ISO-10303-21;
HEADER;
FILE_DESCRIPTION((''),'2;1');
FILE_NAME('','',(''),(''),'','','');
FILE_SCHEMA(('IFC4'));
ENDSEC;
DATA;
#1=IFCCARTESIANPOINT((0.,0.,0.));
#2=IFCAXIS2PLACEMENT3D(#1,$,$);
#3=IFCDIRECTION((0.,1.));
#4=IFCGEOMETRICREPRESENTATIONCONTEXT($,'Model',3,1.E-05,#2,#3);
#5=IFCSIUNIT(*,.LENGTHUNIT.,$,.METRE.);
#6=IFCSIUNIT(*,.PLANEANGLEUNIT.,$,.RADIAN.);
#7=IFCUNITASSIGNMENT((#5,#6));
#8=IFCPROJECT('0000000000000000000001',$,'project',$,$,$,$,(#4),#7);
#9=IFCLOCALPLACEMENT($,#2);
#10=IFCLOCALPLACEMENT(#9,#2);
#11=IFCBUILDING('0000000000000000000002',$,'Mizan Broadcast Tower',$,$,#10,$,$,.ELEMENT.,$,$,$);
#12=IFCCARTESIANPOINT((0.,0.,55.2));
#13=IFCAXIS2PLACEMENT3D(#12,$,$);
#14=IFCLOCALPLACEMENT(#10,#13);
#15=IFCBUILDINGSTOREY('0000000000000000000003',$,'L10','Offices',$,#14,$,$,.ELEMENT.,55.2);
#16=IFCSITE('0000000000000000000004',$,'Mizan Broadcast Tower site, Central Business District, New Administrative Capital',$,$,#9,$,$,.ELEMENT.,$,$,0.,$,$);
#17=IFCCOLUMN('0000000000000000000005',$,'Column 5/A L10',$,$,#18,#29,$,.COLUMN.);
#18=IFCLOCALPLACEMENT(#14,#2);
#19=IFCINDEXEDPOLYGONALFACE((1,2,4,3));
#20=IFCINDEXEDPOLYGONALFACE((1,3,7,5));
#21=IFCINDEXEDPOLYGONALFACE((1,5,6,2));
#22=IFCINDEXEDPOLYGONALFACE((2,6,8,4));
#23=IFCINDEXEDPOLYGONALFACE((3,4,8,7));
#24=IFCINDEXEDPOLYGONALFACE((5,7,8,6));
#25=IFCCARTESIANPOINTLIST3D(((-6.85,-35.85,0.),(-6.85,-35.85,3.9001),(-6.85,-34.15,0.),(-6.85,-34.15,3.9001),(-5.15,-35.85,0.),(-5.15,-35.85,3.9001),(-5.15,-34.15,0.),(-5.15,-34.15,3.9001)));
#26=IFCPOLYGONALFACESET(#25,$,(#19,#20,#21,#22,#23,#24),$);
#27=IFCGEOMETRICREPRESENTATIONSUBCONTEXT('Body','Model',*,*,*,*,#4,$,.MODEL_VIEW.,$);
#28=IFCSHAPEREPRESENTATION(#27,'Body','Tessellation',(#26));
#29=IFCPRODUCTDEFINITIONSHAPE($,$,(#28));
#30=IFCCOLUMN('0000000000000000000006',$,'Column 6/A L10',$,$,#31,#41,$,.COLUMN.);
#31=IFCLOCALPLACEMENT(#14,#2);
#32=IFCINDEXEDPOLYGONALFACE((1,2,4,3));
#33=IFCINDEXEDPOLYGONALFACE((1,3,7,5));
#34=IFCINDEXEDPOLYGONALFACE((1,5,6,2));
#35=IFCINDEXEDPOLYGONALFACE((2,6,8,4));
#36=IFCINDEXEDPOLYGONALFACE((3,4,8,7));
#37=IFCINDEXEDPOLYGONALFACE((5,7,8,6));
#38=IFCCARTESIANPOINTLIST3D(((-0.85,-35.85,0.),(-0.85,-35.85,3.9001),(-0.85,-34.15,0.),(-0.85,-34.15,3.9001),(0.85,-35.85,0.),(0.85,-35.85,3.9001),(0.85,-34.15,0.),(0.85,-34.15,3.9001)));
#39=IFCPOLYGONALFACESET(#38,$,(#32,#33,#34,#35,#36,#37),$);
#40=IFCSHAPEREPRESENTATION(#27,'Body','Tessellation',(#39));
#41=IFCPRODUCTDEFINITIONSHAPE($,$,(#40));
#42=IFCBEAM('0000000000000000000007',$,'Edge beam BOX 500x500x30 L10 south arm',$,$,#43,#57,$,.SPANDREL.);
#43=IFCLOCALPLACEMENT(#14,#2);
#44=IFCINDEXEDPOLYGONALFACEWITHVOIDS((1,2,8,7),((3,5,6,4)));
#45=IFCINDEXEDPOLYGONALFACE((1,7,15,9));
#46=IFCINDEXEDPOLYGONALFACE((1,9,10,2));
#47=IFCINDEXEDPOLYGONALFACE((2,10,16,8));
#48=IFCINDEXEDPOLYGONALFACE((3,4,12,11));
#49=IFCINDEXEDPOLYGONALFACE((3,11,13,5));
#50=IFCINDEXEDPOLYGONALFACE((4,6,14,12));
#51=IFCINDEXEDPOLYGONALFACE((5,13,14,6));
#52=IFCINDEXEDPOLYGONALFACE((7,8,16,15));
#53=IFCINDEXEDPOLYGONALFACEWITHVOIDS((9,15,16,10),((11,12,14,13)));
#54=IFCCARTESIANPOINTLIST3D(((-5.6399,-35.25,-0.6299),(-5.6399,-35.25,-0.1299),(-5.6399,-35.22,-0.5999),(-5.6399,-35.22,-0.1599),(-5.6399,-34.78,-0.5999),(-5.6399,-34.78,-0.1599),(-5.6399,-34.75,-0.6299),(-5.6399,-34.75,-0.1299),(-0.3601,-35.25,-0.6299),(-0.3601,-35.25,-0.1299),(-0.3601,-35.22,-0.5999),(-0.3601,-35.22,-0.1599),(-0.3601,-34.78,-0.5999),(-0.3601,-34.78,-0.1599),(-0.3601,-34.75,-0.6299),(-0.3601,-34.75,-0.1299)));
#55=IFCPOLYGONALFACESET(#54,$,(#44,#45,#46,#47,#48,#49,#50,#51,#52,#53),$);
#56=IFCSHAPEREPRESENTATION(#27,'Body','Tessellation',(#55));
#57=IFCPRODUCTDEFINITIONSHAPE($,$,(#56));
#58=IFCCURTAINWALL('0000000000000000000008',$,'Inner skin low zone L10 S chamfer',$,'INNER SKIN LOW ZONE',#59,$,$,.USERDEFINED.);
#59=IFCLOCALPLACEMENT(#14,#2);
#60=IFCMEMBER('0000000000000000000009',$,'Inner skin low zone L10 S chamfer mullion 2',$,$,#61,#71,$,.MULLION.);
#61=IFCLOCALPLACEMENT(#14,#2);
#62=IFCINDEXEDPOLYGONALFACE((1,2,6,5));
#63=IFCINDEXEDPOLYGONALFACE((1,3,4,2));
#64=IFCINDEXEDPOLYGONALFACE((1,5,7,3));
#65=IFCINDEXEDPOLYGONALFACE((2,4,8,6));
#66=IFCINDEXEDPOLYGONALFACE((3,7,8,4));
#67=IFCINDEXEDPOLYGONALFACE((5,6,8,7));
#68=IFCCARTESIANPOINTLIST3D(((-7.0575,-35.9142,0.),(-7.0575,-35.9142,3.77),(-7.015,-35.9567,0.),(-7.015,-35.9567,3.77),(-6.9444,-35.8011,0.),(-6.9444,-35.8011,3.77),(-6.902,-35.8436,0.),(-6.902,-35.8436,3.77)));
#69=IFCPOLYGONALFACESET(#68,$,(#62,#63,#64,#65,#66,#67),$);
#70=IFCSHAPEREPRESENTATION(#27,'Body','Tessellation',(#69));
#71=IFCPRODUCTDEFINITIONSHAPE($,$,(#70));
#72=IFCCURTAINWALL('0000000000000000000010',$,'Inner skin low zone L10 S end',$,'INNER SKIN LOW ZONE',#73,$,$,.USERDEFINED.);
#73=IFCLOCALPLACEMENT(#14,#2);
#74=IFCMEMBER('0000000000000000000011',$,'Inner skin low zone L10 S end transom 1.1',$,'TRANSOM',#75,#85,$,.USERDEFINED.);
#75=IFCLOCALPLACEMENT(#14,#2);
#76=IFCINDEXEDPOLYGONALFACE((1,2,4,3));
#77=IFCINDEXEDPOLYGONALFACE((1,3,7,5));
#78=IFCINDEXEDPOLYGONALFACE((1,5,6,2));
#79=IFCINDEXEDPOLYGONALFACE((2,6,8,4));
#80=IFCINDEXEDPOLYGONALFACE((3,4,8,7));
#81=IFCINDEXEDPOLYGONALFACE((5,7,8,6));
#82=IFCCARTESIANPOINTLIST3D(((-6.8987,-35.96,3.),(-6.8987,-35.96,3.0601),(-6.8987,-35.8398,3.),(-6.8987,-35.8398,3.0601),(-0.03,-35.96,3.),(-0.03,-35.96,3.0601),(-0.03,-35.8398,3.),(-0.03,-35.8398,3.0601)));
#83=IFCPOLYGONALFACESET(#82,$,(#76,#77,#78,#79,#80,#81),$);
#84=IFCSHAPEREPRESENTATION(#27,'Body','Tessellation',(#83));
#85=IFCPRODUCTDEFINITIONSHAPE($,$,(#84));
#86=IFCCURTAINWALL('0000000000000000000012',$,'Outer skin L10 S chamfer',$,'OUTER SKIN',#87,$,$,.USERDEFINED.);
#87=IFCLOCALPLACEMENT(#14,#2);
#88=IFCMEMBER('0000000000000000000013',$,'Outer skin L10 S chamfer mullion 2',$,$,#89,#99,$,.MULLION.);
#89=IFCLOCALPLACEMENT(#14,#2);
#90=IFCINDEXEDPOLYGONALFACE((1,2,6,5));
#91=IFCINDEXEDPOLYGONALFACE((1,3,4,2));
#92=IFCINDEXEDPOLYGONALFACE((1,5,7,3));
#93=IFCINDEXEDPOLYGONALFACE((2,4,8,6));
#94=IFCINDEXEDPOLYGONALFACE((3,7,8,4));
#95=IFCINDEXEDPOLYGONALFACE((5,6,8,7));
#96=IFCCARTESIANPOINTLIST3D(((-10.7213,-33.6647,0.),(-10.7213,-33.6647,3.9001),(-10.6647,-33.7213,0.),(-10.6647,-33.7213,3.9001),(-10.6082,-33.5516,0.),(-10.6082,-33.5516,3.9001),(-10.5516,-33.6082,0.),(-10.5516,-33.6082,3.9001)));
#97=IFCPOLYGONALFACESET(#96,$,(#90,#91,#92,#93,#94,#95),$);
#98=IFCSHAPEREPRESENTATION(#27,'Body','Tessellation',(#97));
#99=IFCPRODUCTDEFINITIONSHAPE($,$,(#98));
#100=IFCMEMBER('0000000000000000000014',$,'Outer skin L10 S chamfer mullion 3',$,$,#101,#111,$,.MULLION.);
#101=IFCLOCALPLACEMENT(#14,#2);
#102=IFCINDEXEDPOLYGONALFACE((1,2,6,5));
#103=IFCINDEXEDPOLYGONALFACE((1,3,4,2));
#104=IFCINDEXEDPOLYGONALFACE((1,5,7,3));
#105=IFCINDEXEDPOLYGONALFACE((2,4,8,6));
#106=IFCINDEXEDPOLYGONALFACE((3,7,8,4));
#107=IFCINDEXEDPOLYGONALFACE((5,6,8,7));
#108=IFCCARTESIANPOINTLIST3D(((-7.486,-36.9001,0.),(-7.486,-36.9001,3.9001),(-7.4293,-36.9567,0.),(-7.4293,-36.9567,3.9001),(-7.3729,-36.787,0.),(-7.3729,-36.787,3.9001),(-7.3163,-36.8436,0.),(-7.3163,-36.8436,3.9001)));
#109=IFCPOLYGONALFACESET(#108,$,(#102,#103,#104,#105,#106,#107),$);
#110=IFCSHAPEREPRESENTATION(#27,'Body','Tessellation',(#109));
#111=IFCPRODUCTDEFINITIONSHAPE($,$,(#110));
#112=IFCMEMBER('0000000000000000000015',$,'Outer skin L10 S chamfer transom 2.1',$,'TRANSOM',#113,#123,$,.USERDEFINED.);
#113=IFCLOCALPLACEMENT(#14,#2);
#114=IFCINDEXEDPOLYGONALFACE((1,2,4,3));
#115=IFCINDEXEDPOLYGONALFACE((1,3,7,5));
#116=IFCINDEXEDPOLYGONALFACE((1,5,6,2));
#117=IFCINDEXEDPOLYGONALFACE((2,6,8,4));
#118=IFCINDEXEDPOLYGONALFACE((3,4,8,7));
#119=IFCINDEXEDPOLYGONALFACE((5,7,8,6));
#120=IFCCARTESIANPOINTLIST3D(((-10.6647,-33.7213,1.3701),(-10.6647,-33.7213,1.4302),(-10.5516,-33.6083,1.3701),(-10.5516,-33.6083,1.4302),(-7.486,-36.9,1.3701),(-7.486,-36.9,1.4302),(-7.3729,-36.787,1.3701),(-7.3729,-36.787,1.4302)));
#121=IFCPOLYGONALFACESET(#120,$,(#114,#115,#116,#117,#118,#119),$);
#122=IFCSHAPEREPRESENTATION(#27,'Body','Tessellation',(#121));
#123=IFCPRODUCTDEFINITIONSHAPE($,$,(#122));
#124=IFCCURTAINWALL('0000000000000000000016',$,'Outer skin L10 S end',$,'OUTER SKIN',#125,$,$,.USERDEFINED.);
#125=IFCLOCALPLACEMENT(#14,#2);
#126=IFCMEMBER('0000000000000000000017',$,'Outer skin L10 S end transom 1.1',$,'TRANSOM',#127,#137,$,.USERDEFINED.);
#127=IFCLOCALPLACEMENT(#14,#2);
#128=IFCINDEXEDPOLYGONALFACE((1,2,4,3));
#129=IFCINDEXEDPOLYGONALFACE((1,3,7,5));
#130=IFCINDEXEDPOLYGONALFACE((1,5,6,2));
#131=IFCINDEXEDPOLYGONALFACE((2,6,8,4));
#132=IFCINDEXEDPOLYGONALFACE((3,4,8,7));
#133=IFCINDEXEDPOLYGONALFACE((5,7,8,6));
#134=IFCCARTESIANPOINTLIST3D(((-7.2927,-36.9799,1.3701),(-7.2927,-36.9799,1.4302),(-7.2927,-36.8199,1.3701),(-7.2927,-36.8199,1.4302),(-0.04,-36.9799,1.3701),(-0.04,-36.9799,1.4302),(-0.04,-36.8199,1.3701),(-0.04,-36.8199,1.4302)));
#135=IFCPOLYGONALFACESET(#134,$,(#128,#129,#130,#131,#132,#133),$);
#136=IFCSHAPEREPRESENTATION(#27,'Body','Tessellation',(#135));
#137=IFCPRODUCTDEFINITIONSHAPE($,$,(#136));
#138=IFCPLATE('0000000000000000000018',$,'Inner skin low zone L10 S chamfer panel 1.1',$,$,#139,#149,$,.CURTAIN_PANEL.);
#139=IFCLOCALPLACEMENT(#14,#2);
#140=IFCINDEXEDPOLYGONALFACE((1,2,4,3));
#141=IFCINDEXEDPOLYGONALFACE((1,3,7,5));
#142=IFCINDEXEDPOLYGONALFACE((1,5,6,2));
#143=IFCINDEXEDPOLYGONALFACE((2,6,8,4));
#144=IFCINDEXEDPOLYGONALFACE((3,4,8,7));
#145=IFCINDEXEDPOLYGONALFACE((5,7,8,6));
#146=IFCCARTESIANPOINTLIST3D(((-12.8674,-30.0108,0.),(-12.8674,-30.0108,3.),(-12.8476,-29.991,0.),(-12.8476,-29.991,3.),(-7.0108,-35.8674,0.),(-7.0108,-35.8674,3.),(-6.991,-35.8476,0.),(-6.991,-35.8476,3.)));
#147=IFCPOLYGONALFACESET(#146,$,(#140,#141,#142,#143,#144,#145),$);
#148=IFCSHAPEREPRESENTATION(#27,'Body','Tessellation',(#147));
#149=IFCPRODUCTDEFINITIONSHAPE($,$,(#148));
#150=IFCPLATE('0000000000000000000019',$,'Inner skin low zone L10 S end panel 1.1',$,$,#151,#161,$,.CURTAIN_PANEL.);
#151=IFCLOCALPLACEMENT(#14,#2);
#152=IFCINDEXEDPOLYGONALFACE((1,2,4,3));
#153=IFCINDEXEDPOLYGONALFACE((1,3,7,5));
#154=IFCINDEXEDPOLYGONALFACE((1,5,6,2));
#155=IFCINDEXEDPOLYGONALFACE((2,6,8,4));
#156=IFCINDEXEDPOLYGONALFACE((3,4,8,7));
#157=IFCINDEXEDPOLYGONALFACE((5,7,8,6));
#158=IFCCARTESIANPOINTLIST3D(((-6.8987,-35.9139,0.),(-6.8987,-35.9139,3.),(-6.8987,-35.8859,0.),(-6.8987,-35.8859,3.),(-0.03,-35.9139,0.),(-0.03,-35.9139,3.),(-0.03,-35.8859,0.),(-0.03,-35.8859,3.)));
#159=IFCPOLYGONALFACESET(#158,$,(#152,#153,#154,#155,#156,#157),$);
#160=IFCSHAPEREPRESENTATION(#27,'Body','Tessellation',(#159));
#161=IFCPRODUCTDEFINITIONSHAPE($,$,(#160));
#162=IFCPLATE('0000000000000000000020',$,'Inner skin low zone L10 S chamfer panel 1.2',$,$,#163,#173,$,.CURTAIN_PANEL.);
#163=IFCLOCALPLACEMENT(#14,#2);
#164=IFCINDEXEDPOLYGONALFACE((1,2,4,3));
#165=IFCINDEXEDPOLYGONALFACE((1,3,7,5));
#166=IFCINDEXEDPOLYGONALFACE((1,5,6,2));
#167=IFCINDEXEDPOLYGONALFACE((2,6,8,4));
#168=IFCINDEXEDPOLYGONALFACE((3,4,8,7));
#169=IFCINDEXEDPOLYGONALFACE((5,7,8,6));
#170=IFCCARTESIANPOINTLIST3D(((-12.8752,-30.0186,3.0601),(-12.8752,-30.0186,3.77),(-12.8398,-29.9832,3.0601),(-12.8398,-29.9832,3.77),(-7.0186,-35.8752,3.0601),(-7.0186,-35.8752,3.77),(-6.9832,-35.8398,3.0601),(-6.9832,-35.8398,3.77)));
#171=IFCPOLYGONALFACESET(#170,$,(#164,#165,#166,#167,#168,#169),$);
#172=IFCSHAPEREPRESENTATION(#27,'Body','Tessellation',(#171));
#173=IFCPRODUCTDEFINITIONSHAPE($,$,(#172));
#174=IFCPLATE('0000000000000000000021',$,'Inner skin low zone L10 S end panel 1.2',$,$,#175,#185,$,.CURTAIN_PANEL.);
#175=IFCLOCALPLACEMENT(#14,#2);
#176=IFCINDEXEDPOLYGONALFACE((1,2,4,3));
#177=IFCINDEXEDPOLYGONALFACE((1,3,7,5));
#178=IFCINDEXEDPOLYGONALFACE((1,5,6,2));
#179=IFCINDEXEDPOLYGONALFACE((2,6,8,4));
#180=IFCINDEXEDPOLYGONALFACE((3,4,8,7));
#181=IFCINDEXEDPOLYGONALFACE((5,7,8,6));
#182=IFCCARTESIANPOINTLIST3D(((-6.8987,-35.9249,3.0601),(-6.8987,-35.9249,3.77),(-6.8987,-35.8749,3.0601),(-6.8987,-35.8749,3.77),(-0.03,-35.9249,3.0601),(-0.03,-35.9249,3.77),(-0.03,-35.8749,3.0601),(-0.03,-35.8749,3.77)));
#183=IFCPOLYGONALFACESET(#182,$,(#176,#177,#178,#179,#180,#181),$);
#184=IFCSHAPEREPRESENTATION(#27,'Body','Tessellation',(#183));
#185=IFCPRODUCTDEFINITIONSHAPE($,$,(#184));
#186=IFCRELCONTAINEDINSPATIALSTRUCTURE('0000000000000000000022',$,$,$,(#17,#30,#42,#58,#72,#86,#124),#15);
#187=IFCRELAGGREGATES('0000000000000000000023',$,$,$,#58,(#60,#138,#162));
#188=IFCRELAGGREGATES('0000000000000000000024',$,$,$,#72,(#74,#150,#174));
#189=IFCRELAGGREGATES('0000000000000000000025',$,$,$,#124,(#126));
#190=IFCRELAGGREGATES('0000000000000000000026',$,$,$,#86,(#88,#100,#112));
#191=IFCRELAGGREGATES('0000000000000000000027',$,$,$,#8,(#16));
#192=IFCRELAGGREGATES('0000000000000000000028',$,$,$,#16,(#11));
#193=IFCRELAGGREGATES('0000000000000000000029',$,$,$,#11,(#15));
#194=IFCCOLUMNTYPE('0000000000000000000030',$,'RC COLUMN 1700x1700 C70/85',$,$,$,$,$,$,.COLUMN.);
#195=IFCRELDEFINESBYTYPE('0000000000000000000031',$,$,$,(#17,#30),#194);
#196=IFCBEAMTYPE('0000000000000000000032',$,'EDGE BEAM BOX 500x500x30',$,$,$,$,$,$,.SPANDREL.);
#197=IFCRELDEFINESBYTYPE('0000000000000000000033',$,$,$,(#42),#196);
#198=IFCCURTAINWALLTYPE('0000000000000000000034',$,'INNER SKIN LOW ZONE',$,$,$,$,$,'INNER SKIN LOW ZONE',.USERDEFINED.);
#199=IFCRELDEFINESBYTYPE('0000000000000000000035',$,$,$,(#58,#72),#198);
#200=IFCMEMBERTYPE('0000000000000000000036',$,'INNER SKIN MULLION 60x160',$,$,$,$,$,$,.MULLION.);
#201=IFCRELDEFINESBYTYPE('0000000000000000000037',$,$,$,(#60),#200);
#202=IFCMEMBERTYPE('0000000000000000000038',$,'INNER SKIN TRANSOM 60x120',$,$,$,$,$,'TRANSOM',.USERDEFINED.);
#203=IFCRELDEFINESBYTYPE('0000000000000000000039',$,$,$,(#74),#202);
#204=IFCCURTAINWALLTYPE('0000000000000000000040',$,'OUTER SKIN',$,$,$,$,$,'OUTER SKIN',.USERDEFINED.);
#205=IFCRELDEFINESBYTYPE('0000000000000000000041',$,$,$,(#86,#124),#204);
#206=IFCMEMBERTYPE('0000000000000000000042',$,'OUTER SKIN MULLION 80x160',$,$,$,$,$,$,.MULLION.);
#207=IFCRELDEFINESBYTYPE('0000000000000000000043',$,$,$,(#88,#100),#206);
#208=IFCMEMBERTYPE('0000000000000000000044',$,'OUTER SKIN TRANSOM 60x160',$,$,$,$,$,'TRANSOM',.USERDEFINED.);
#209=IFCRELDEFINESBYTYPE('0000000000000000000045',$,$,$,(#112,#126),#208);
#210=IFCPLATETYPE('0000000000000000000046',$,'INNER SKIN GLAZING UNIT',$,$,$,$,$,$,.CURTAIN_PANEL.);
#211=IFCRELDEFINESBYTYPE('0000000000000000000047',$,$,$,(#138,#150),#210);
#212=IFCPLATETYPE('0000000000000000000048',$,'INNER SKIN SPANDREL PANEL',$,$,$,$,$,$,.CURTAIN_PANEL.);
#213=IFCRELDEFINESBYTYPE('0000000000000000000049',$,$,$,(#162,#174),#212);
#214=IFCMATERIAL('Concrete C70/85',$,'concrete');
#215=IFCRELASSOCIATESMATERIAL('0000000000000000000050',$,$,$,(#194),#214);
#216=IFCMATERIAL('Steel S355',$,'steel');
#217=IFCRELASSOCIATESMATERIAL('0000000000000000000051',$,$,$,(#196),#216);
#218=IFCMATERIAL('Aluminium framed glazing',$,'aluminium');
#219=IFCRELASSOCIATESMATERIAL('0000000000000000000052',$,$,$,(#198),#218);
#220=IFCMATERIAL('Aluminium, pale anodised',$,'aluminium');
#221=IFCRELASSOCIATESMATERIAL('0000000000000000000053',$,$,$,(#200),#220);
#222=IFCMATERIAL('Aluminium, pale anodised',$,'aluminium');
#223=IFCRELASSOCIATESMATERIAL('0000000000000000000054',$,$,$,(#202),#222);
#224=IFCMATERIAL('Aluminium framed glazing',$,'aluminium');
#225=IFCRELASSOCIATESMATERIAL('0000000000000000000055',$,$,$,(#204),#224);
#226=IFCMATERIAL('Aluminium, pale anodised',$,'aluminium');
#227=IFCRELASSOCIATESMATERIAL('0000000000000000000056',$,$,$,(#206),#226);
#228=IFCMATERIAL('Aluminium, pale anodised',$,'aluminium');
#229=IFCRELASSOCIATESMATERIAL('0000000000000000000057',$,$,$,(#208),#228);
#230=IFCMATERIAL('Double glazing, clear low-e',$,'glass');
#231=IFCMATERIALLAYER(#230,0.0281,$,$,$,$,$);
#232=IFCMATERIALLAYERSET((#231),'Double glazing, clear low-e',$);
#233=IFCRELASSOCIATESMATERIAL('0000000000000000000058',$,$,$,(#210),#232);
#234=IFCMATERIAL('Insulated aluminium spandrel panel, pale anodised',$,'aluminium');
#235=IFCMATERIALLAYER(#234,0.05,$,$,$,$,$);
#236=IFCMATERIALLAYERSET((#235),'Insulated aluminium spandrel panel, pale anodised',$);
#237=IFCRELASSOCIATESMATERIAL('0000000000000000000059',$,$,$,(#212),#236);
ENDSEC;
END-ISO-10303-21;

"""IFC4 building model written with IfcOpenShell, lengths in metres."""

from ifc_helpers import new_model, si_unit, direction, frame, origin, origin_2d, place, context, subcontext, project, spatial, rectangle, hollow_rectangle, extrude, material, layer, layer_set, material_profile, profile_set, type_object, element, aggregate, save


model = new_model("IFC4")

# Units and contexts
model_context = context("Model", 3, precision=1e-05, world=origin(), true_north=direction((0.0, 1.0)))
body_context = subcontext(model_context, "Body", "Model", "MODEL_VIEW")
ifc_project = project(units=[si_unit("LENGTHUNIT", "METRE"), si_unit("PLANEANGLEUNIT", "RADIAN")], contexts=[model_context])

# Site, building, storey
site_placement = place(None, origin())
site = spatial("IfcSite", under=ifc_project, at=site_placement, Name="Mizan Broadcast Tower site, Central Business District, New Administrative Capital", CompositionType="ELEMENT", RefElevation=0.0)
building_placement = place(site_placement, origin())
building = spatial("IfcBuilding", under=site, at=building_placement, Name="Mizan Broadcast Tower", CompositionType="ELEMENT")
storey_placement = place(building_placement, frame((0.0, 0.0, 55.2)))
storey = spatial("IfcBuildingStorey", under=building, at=storey_placement, Name="L10", Description="Offices", CompositionType="ELEMENT", Elevation=55.2)

# Columns
ifc_material_1 = material(Name="Concrete C70/85", Category="concrete")
ifc_material_profile_1 = material_profile(ifc_material_1, rectangle(XDim=1.7, YDim=1.7, at=origin_2d()), Name="RC 1700x1700")
ifc_profile_set_1 = profile_set([ifc_material_profile_1], Name="Concrete C70/85")
column_type = type_object("IfcColumnType", Name="RC COLUMN 1700x1700 C70/85", PredefinedType="COLUMN", material=ifc_profile_set_1)
for number, where, z_axis, x_axis, name in (
    (1, (-6.0, -35.0, 0.0), (0.0, 0.0, 1.0), (1.0, 0.0, 0.0), "Column 5/A L10"),
    (2, (0.0, -35.0, 0.0), (0.0, 0.0, 1.0), (1.0, 0.0, 0.0), "Column 6/A L10"),
):
    element("IfcColumn", number, at=place(storey_placement, frame(where, z_axis=z_axis, x_axis=x_axis)), inside=storey, type_object=column_type, Name=name, PredefinedType="COLUMN", context=body_context, shape_type="SweptSolid", body=[
        extrude(rectangle(XDim=1.7, YDim=1.7, at=origin_2d()), origin(), (0.0, 0.0, 1.0), 3.9001),
    ])

# Beam
ifc_material_2 = material(Name="Steel S355", Category="steel")
ifc_material_profile_2 = material_profile(ifc_material_2, hollow_rectangle(XDim=0.5, YDim=0.5, WallThickness=0.03, at=origin_2d()), Name="BOX 500x500x30")
ifc_profile_set_2 = profile_set([ifc_material_profile_2], Name="Steel S355")
beam_type = type_object("IfcBeamType", Name="EDGE BEAM BOX 500x500x30", PredefinedType="SPANDREL", material=ifc_profile_set_2)
beam_placement = place(storey_placement, frame((-5.6399, -35.0, -0.3799), z_axis=(1.0, 0.0, 0.0), x_axis=(0.0, 1.0, 0.0)))
element("IfcBeam", 3, at=beam_placement, inside=storey, type_object=beam_type, Name="Edge beam BOX 500x500x30 L10 south arm", PredefinedType="SPANDREL", context=body_context, shape_type="SweptSolid", body=[
    extrude(hollow_rectangle(XDim=0.5, YDim=0.5, WallThickness=0.03, at=origin_2d()), origin(), (0.0, 0.0, 1.0), 5.2798),
])

# Curtain walls, members
ifc_material_3 = material(Name="Aluminium framed glazing", Category="aluminium")
curtain_wall_type_1 = type_object("IfcCurtainWallType", Name="INNER SKIN LOW ZONE", ElementType="INNER SKIN LOW ZONE", PredefinedType="USERDEFINED", material=ifc_material_3)
curtain_wall_1_placement = place(storey_placement, origin())
curtain_wall_1 = element("IfcCurtainWall", 4, at=curtain_wall_1_placement, inside=storey, type_object=curtain_wall_type_1, Name="Inner skin low zone L10 S chamfer", ObjectType="INNER SKIN LOW ZONE", PredefinedType="USERDEFINED")
ifc_material_4 = material(Name="Aluminium, pale anodised", Category="aluminium")
ifc_material_profile_3 = material_profile(ifc_material_4, rectangle(XDim=0.1599, YDim=0.0601, at=origin_2d()), Name="MULLION 160x60")
ifc_profile_set_3 = profile_set([ifc_material_profile_3], Name="Aluminium, pale anodised")
member_type_1 = type_object("IfcMemberType", Name="INNER SKIN MULLION 60x160", PredefinedType="MULLION", material=ifc_profile_set_3)
member_1_placement = place(storey_placement, frame((-6.9797, -35.8789, 0.0), z_axis=(0.0, 0.0, 1.0), x_axis=(0.707107, 0.707107, 0.0)))
member_1 = element("IfcMember", 5, at=member_1_placement, type_object=member_type_1, Name="Inner skin low zone L10 S chamfer mullion 2", PredefinedType="MULLION", context=body_context, shape_type="SweptSolid", body=[
    extrude(rectangle(XDim=0.1599, YDim=0.0601, at=origin_2d()), origin(), (0.0, 0.0, 1.0), 3.77),
])
curtain_wall_2_placement = place(storey_placement, origin())
curtain_wall_2 = element("IfcCurtainWall", 6, at=curtain_wall_2_placement, inside=storey, type_object=curtain_wall_type_1, Name="Inner skin low zone L10 S end", ObjectType="INNER SKIN LOW ZONE", PredefinedType="USERDEFINED")
ifc_material_5 = material(Name="Aluminium, pale anodised", Category="aluminium")
ifc_material_profile_4 = material_profile(ifc_material_5, rectangle(XDim=0.1201, YDim=0.0601, at=origin_2d()), Name="TRANSOM 120x60")
ifc_profile_set_4 = profile_set([ifc_material_profile_4], Name="Aluminium, pale anodised")
member_type_2 = type_object("IfcMemberType", Name="INNER SKIN TRANSOM 60x120", ElementType="TRANSOM", PredefinedType="USERDEFINED", material=ifc_profile_set_4)
member_2_placement = place(storey_placement, frame((-6.8987, -35.8999, 3.03), z_axis=(1.0, 0.0, 0.0), x_axis=(0.0, 1.0, 0.0)))
member_2 = element("IfcMember", 7, at=member_2_placement, type_object=member_type_2, Name="Inner skin low zone L10 S end transom 1.1", ObjectType="TRANSOM", PredefinedType="USERDEFINED", context=body_context, shape_type="SweptSolid", body=[
    extrude(rectangle(XDim=0.1201, YDim=0.0601, at=origin_2d()), origin(), (0.0, 0.0, 1.0), 6.8687),
])

# Curtain wall, members
ifc_material_6 = material(Name="Aluminium framed glazing", Category="aluminium")
curtain_wall_type_2 = type_object("IfcCurtainWallType", Name="OUTER SKIN", ElementType="OUTER SKIN", PredefinedType="USERDEFINED", material=ifc_material_6)
curtain_wall_3_placement = place(storey_placement, origin())
curtain_wall_3 = element("IfcCurtainWall", 8, at=curtain_wall_3_placement, inside=storey, type_object=curtain_wall_type_2, Name="Outer skin L10 S chamfer", ObjectType="OUTER SKIN", PredefinedType="USERDEFINED")
ifc_material_7 = material(Name="Aluminium, pale anodised", Category="aluminium")
ifc_material_profile_5 = material_profile(ifc_material_7, rectangle(XDim=0.1599, YDim=0.0801, at=origin_2d()), Name="MULLION 160x80")
ifc_profile_set_5 = profile_set([ifc_material_profile_5], Name="Aluminium, pale anodised")
member_type_3 = type_object("IfcMemberType", Name="OUTER SKIN MULLION 80x160", PredefinedType="MULLION", material=ifc_profile_set_5)
member_3_placement = place(storey_placement, frame((-10.6365, -33.6365, 0.0), z_axis=(0.0, 0.0, 1.0), x_axis=(0.707107, 0.707107, 0.0)))
member_3 = element("IfcMember", 9, at=member_3_placement, type_object=member_type_3, Name="Outer skin L10 S chamfer mullion 2", PredefinedType="MULLION", context=body_context, shape_type="SweptSolid", body=[
    extrude(rectangle(XDim=0.1599, YDim=0.0801, at=origin_2d()), origin(), (0.0, 0.0, 1.0), 3.9001),
])
member_4_placement = place(storey_placement, frame((-7.4011, -36.8718, 0.0), z_axis=(0.0, 0.0, 1.0), x_axis=(0.707107, 0.707107, 0.0)))
member_4 = element("IfcMember", 10, at=member_4_placement, type_object=member_type_3, Name="Outer skin L10 S chamfer mullion 3", PredefinedType="MULLION", context=body_context, shape_type="SweptSolid", body=[
    extrude(rectangle(XDim=0.1599, YDim=0.0801, at=origin_2d()), origin(), (0.0, 0.0, 1.0), 3.9001),
])
ifc_material_8 = material(Name="Aluminium, pale anodised", Category="aluminium")
ifc_material_profile_6 = material_profile(ifc_material_8, rectangle(XDim=0.1599, YDim=0.0601, at=origin_2d()), Name="TRANSOM 160x60")
ifc_profile_set_6 = profile_set([ifc_material_profile_6], Name="Aluminium, pale anodised")
member_type_4 = type_object("IfcMemberType", Name="OUTER SKIN TRANSOM 60x160", ElementType="TRANSOM", PredefinedType="USERDEFINED", material=ifc_profile_set_6)
member_5_placement = place(storey_placement, frame((-10.6082, -33.6648, 1.4001), z_axis=(0.707107, -0.707107, 0.0), x_axis=(0.707107, 0.707107, 0.0)))
member_5 = element("IfcMember", 11, at=member_5_placement, type_object=member_type_4, Name="Outer skin L10 S chamfer transom 2.1", ObjectType="TRANSOM", PredefinedType="USERDEFINED", context=body_context, shape_type="SweptSolid", body=[
    extrude(rectangle(XDim=0.1599, YDim=0.0601, at=origin_2d()), origin(), (0.0, 0.0, 1.0), 4.4954),
])

# Curtain wall, member
curtain_wall_4_placement = place(storey_placement, origin())
curtain_wall_4 = element("IfcCurtainWall", 12, at=curtain_wall_4_placement, inside=storey, type_object=curtain_wall_type_2, Name="Outer skin L10 S end", ObjectType="OUTER SKIN", PredefinedType="USERDEFINED")
member_6_placement = place(storey_placement, frame((-7.2927, -36.8999, 1.4001), z_axis=(1.0, 0.0, 0.0), x_axis=(0.0, 1.0, 0.0)))
member_6 = element("IfcMember", 13, at=member_6_placement, type_object=member_type_4, Name="Outer skin L10 S end transom 1.1", ObjectType="TRANSOM", PredefinedType="USERDEFINED", context=body_context, shape_type="SweptSolid", body=[
    extrude(rectangle(XDim=0.1599, YDim=0.0601, at=origin_2d()), origin(), (0.0, 0.0, 1.0), 7.2527),
])

# Plates
ifc_material_9 = material(Name="Double glazing, clear low-e", Category="glass")
ifc_layer_1 = layer(ifc_material_9, 0.0281)
ifc_layer_set_1 = layer_set([ifc_layer_1], Name="Double glazing, clear low-e")
plate_type_1 = type_object("IfcPlateType", Name="INNER SKIN GLAZING UNIT", PredefinedType="CURTAIN_PANEL", material=ifc_layer_set_1)
plate_1_placement = place(storey_placement, frame((-9.9292, -32.9292, 0.0), z_axis=(0.0, 0.0, 1.0), x_axis=(0.707107, -0.707107, 0.0)))
plate_1 = element("IfcPlate", 14, at=plate_1_placement, type_object=plate_type_1, Name="Inner skin low zone L10 S chamfer panel 1.1", PredefinedType="CURTAIN_PANEL", context=body_context, shape_type="SweptSolid", body=[
    extrude(rectangle(XDim=8.2825, YDim=0.0281, at=origin_2d()), origin(), (0.0, 0.0, 1.0), 3.0),
])
plate_2_placement = place(storey_placement, frame((-3.4644, -35.8999, 0.0), z_axis=(0.0, 0.0, 1.0), x_axis=(1.0, 0.0, 0.0)))
plate_2 = element("IfcPlate", 15, at=plate_2_placement, type_object=plate_type_1, Name="Inner skin low zone L10 S end panel 1.1", PredefinedType="CURTAIN_PANEL", context=body_context, shape_type="SweptSolid", body=[
    extrude(rectangle(XDim=6.8687, YDim=0.0281, at=origin_2d()), origin(), (0.0, 0.0, 1.0), 3.0),
])
ifc_material_10 = material(Name="Insulated aluminium spandrel panel, pale anodised", Category="aluminium")
ifc_layer_2 = layer(ifc_material_10, 0.05)
ifc_layer_set_2 = layer_set([ifc_layer_2], Name="Insulated aluminium spandrel panel, pale anodised")
plate_type_2 = type_object("IfcPlateType", Name="INNER SKIN SPANDREL PANEL", PredefinedType="CURTAIN_PANEL", material=ifc_layer_set_2)
plate_3_placement = place(storey_placement, frame((-9.9292, -32.9292, 3.0601), z_axis=(0.0, 0.0, 1.0), x_axis=(0.707107, -0.707107, 0.0)))
plate_3 = element("IfcPlate", 16, at=plate_3_placement, type_object=plate_type_2, Name="Inner skin low zone L10 S chamfer panel 1.2", PredefinedType="CURTAIN_PANEL", context=body_context, shape_type="SweptSolid", body=[
    extrude(rectangle(XDim=8.2825, YDim=0.05, at=origin_2d()), origin(), (0.0, 0.0, 1.0), 0.71),
])
aggregate(curtain_wall_1, [member_1, plate_1, plate_3])
plate_4_placement = place(storey_placement, frame((-3.4644, -35.8999, 3.0601), z_axis=(0.0, 0.0, 1.0), x_axis=(1.0, 0.0, 0.0)))
plate_4 = element("IfcPlate", 17, at=plate_4_placement, type_object=plate_type_2, Name="Inner skin low zone L10 S end panel 1.2", PredefinedType="CURTAIN_PANEL", context=body_context, shape_type="SweptSolid", body=[
    extrude(rectangle(XDim=6.8687, YDim=0.05, at=origin_2d()), origin(), (0.0, 0.0, 1.0), 0.71),
])
aggregate(curtain_wall_2, [member_2, plate_2, plate_4])
aggregate(curtain_wall_4, [member_6])
aggregate(curtain_wall_3, [member_3, member_4, member_5])

save(model, "model.ifc")
